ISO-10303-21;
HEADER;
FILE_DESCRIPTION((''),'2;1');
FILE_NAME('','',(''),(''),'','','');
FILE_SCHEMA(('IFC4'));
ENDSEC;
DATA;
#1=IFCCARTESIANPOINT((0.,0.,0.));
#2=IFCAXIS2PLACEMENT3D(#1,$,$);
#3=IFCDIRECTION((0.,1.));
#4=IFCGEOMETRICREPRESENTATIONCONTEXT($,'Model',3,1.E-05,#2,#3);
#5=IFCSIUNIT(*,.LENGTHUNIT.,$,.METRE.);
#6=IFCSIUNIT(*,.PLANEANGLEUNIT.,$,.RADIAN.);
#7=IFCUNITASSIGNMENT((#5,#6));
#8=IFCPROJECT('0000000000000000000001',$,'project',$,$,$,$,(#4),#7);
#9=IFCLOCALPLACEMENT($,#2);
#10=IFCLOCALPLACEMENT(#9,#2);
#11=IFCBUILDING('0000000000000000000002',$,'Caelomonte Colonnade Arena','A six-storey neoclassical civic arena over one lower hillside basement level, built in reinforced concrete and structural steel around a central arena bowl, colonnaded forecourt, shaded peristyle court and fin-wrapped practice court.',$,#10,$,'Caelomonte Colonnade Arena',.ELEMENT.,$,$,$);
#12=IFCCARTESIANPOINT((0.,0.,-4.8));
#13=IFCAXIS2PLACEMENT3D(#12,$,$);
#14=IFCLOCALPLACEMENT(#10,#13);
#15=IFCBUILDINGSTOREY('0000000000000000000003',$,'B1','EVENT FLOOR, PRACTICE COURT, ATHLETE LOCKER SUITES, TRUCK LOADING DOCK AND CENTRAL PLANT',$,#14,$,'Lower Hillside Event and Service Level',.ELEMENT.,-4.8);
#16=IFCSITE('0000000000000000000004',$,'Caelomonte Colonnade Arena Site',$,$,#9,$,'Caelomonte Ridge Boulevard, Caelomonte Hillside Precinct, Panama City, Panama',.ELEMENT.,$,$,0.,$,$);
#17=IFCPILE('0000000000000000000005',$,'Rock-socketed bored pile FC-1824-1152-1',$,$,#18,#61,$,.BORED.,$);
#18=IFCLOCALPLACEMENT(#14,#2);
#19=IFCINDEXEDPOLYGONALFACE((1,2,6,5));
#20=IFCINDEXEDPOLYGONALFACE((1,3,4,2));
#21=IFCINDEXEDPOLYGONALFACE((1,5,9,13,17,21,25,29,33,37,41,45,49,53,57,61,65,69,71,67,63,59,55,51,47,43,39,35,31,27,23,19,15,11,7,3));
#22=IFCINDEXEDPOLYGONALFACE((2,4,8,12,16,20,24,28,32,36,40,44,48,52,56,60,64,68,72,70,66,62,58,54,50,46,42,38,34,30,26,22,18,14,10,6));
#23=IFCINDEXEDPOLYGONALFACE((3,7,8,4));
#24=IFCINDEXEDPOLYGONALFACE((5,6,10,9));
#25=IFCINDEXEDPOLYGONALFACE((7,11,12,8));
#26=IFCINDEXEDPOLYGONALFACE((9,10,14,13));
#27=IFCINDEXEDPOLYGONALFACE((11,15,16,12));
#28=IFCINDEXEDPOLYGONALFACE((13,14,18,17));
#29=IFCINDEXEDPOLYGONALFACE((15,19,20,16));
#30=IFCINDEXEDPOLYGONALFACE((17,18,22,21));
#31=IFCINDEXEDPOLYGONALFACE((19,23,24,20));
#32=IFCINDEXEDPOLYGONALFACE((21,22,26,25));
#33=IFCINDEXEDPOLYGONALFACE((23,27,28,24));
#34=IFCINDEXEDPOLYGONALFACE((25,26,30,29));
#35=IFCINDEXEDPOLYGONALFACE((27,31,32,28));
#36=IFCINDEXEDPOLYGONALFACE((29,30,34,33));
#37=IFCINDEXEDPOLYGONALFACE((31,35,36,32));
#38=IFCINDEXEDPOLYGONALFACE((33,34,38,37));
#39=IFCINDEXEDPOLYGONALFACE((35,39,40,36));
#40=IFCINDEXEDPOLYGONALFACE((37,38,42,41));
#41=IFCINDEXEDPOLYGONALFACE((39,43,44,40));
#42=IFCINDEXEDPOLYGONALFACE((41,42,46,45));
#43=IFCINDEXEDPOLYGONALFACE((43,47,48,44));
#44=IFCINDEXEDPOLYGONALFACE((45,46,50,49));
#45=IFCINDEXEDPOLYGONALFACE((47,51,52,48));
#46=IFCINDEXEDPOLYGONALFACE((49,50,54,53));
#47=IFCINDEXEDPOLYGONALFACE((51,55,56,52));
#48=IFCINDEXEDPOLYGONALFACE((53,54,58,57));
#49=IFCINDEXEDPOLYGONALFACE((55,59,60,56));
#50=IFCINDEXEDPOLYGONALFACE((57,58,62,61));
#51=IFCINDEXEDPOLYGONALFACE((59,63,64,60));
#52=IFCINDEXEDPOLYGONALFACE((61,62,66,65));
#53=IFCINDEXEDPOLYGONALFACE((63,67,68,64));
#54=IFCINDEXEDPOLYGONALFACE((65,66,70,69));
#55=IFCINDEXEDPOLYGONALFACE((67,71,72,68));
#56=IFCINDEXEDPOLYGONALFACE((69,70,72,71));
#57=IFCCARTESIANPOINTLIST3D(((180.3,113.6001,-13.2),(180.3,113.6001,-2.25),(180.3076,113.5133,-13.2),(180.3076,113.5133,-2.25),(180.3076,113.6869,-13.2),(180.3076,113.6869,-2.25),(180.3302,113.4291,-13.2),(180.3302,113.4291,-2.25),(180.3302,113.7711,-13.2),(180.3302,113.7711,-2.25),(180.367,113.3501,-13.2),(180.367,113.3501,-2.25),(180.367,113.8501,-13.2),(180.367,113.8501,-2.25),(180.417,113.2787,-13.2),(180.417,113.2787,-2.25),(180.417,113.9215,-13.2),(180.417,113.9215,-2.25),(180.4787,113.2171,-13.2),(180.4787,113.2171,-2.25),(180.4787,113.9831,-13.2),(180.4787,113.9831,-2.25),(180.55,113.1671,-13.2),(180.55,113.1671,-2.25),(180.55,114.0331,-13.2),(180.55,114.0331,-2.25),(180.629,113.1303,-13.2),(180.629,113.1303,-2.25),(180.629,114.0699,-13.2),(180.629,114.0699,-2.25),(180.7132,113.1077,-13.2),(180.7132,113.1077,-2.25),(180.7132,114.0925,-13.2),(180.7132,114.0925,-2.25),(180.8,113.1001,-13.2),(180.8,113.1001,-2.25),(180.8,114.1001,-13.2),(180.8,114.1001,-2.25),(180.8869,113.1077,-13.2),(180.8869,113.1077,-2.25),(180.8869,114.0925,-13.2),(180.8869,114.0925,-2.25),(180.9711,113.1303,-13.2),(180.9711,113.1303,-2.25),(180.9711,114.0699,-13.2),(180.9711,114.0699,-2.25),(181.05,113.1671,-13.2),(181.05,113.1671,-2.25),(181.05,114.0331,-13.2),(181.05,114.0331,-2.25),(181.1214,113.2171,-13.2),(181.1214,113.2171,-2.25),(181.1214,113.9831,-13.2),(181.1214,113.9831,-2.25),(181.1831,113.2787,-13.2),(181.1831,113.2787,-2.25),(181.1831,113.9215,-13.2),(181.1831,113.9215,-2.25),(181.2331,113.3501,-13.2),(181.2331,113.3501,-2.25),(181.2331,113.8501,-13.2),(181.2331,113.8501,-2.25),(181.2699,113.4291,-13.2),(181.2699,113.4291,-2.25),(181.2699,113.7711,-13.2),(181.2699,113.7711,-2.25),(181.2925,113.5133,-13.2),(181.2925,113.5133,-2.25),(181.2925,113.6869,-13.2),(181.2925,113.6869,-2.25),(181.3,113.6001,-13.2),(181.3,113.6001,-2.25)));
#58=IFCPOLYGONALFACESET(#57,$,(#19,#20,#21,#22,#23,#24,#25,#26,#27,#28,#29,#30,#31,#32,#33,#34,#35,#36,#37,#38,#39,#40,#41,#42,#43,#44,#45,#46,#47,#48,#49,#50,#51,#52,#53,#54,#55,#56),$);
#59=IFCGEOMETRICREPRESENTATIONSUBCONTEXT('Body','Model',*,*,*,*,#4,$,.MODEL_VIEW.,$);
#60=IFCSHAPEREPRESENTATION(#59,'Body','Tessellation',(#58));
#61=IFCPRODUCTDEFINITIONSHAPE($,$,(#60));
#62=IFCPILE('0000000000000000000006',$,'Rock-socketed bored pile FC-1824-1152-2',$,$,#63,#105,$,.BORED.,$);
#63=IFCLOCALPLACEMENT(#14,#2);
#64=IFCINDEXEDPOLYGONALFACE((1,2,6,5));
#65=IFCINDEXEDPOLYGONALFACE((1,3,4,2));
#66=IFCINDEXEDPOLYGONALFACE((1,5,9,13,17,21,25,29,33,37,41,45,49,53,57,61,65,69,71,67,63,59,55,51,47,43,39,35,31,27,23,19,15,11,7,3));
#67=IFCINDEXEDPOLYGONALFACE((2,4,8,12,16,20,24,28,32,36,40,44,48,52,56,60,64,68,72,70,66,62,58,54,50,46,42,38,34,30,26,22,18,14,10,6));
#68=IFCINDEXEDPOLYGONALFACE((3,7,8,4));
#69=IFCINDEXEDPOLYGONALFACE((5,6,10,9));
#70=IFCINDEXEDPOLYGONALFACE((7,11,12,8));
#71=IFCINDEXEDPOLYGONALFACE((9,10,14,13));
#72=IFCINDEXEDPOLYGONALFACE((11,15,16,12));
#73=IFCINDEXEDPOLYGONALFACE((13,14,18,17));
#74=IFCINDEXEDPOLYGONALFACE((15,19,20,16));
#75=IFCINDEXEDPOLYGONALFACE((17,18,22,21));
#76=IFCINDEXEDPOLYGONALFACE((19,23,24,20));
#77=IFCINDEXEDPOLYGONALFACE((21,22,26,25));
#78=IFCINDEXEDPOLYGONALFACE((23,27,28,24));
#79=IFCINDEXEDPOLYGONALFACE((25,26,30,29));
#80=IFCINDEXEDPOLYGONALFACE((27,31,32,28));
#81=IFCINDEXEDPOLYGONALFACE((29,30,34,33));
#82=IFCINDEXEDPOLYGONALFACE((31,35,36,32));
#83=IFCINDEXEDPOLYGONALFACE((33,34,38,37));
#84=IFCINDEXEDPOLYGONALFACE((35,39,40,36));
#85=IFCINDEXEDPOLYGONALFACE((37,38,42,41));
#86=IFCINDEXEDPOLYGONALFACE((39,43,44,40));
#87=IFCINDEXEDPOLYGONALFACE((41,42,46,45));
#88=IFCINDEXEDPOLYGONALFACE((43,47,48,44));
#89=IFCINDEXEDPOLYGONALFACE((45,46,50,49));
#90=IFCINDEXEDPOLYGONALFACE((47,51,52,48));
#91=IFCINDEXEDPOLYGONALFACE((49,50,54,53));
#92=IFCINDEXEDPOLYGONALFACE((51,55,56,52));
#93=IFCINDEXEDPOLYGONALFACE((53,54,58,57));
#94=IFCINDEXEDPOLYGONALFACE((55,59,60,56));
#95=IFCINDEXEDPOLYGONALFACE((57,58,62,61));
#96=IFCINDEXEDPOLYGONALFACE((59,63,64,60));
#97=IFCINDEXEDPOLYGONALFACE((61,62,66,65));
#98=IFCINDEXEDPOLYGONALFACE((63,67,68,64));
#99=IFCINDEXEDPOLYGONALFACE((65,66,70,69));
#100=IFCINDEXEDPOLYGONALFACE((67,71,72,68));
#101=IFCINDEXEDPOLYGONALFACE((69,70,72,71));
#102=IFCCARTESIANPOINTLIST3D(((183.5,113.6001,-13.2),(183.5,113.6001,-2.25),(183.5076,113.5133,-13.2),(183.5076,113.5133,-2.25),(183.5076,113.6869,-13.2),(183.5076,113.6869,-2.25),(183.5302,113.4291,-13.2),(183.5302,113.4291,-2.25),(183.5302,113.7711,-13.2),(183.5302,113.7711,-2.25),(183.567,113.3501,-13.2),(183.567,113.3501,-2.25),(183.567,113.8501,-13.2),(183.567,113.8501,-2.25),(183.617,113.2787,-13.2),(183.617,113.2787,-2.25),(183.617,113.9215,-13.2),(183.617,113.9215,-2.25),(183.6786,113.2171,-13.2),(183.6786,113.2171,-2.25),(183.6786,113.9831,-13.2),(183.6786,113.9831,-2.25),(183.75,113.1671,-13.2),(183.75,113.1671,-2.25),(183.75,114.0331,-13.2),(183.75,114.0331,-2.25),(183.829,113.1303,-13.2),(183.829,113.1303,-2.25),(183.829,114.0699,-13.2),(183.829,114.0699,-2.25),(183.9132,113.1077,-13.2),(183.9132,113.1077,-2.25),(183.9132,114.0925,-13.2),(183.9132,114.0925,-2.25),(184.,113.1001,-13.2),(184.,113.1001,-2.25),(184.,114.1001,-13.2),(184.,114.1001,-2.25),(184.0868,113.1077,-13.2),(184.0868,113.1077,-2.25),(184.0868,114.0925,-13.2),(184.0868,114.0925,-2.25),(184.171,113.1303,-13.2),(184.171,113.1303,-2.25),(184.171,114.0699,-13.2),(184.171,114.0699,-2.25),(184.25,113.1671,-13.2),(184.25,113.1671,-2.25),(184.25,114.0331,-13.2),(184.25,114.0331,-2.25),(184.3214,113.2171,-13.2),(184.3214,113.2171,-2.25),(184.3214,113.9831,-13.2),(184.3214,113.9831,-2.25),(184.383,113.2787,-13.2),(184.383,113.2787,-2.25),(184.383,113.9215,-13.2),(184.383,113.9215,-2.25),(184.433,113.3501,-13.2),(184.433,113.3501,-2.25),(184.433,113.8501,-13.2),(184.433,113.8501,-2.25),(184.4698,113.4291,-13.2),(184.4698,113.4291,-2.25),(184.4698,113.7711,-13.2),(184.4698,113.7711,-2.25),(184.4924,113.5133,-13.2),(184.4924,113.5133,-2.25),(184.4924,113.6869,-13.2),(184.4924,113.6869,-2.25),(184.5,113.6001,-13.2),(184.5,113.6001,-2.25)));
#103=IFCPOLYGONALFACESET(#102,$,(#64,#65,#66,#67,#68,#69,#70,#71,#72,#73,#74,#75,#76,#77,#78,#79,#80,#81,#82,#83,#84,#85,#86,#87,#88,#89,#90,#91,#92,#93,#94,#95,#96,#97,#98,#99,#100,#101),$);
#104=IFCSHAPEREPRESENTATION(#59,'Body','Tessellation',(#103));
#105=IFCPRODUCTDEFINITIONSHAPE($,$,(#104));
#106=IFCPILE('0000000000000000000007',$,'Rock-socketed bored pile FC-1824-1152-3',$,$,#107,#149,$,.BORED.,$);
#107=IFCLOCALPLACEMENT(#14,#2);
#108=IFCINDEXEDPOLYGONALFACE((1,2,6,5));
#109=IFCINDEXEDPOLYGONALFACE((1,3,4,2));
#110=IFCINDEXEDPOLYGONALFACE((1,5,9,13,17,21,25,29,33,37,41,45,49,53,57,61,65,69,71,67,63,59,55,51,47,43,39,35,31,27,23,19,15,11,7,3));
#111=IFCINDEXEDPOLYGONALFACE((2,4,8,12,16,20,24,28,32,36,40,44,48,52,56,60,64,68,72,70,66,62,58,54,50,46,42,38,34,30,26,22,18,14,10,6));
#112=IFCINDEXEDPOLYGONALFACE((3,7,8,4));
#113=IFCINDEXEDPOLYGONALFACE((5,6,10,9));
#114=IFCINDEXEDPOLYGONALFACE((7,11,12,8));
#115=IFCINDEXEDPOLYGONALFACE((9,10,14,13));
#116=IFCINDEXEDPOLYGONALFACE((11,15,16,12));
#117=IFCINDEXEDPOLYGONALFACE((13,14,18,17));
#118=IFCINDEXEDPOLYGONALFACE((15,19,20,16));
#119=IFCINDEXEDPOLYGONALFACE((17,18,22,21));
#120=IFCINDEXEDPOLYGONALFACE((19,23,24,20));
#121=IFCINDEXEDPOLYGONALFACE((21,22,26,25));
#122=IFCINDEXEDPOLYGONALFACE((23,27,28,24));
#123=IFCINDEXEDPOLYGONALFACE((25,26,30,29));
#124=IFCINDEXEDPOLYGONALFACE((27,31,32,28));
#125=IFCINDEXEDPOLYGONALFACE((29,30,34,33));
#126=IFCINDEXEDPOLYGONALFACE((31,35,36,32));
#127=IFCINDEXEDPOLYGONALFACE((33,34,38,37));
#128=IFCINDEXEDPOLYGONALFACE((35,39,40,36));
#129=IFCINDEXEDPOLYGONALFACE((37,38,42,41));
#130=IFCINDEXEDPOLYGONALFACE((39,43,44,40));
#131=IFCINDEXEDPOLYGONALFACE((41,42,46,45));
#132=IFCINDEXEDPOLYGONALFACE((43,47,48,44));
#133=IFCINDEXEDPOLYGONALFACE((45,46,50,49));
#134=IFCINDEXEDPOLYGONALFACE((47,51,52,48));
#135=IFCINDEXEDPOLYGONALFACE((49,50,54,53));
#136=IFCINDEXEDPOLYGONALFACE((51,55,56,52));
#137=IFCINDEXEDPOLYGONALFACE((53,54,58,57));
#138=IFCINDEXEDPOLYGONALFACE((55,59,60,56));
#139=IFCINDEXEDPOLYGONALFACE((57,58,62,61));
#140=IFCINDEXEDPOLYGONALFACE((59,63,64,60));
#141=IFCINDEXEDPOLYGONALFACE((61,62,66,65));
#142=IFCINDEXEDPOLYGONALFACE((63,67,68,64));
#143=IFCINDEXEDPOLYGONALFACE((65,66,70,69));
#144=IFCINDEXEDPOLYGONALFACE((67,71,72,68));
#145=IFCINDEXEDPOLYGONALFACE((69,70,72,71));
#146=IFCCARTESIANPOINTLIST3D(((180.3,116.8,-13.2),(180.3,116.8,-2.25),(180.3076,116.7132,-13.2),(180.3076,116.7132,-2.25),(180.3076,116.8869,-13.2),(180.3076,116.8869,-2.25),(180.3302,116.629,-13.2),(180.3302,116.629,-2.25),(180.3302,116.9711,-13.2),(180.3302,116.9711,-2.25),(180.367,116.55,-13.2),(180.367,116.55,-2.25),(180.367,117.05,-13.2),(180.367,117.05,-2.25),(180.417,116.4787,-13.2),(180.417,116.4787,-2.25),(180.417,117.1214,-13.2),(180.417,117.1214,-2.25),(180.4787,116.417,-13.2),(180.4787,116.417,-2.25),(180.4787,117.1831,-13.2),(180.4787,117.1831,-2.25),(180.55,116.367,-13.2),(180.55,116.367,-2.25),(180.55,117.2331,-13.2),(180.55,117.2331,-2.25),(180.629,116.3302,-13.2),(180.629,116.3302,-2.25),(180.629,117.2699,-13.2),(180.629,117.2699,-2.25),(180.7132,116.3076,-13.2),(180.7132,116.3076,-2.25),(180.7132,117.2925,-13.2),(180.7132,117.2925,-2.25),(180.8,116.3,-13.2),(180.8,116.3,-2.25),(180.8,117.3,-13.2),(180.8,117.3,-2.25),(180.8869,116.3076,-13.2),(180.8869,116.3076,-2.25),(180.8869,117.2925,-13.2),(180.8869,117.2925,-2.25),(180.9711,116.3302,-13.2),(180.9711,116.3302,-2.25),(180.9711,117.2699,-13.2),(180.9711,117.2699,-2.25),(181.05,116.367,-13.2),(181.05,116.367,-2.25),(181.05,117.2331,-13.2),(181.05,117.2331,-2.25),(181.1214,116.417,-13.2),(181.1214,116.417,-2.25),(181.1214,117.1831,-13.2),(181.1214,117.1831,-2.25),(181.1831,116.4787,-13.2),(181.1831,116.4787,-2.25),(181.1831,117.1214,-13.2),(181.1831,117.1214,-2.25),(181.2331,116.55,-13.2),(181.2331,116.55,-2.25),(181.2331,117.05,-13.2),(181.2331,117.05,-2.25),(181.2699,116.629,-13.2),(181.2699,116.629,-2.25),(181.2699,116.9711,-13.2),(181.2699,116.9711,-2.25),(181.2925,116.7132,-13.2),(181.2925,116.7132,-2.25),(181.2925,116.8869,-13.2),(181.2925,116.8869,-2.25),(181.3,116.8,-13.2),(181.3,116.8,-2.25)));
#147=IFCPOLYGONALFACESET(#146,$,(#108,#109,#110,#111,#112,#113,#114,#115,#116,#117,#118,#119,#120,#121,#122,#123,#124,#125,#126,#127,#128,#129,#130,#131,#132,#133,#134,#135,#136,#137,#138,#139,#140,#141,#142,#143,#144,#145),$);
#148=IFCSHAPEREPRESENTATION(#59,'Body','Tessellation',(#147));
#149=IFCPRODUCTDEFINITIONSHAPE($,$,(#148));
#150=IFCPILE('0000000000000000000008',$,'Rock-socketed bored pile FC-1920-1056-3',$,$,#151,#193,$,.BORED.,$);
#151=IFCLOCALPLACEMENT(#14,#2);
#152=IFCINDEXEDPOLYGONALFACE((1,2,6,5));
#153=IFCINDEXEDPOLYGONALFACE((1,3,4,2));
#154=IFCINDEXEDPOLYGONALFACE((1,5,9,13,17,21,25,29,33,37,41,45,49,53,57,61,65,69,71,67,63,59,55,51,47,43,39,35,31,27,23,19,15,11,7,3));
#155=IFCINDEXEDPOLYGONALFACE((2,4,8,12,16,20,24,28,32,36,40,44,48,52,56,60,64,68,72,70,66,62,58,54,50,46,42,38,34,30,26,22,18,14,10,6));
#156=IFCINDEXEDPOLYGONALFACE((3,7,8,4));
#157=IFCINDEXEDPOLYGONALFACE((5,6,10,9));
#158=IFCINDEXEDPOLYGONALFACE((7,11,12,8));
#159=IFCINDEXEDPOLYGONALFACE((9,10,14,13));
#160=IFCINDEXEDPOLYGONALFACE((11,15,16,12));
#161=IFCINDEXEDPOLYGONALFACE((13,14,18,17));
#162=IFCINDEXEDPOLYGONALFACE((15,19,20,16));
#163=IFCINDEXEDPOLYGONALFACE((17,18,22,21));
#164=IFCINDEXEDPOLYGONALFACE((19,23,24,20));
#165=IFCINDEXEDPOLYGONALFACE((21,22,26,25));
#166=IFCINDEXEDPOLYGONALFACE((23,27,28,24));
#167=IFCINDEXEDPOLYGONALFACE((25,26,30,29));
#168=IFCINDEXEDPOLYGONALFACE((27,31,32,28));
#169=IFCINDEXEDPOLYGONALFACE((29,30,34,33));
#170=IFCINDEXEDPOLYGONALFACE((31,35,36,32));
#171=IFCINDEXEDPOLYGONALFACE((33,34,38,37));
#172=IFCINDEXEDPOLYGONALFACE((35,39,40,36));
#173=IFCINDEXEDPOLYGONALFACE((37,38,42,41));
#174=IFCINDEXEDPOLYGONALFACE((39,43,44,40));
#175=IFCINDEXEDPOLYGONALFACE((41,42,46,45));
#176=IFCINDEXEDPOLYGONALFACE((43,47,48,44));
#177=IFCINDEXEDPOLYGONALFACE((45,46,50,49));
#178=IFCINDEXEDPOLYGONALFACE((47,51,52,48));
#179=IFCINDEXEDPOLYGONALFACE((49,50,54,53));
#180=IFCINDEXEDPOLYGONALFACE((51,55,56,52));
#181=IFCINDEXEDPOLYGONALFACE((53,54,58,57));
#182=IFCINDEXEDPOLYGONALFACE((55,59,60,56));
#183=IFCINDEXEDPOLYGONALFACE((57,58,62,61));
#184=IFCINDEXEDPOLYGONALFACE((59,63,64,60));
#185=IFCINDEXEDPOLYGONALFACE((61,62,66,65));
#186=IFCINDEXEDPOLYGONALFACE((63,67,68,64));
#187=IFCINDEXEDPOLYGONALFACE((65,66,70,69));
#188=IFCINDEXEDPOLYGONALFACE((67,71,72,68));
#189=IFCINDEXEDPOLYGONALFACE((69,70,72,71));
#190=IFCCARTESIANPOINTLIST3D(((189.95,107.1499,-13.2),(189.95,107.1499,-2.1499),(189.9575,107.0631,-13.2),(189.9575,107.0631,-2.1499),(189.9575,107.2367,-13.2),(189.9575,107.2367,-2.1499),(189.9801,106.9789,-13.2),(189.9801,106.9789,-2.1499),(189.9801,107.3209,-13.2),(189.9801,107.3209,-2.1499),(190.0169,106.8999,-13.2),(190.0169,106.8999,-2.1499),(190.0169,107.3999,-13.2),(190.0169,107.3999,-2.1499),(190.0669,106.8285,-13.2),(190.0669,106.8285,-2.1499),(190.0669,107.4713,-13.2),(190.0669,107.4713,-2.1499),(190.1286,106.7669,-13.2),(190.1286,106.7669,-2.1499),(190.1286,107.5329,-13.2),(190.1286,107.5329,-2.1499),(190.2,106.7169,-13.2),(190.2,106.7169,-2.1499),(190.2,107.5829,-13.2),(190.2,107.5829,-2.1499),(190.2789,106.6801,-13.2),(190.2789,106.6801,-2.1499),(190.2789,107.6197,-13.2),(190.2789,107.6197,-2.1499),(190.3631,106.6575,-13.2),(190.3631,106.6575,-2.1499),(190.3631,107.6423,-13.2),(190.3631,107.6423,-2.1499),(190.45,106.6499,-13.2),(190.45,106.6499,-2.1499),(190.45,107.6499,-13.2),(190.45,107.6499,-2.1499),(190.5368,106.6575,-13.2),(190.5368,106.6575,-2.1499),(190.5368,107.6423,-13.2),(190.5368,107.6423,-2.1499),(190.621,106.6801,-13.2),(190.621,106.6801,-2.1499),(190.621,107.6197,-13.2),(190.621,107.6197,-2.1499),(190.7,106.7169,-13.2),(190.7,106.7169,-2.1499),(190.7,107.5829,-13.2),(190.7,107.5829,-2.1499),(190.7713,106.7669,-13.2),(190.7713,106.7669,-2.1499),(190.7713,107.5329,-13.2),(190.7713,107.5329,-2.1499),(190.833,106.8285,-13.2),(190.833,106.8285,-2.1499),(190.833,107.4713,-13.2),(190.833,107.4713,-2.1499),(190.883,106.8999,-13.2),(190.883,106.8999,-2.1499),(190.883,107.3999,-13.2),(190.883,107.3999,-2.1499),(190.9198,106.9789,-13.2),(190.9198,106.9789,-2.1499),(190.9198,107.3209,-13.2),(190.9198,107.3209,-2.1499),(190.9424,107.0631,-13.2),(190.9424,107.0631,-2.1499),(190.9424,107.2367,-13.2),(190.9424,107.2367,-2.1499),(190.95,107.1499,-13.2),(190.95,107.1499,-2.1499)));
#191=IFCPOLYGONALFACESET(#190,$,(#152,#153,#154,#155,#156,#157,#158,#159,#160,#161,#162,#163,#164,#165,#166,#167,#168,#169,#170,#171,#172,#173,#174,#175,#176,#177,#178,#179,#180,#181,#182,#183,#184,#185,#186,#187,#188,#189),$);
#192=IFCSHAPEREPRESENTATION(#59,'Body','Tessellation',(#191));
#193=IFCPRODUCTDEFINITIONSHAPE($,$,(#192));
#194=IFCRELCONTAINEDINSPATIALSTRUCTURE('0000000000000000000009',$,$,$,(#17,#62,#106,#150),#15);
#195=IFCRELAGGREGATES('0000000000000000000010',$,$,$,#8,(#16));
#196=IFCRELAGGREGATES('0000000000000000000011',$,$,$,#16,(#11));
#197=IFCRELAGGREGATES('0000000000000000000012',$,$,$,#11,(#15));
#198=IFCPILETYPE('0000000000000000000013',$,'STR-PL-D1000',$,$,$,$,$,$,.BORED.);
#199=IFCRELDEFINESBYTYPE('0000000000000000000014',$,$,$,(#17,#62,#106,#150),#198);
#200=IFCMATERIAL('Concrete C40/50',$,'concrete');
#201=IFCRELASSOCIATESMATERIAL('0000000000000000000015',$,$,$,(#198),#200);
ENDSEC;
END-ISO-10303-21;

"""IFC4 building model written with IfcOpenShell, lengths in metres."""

from ifc_helpers import new_model, si_unit, direction, frame, origin, origin_2d, place, context, subcontext, project, spatial, circle, extrude, material, material_profile, profile_set, type_object, element, save


model = new_model("IFC4")

# Units and contexts
model_context = context("Model", 3, precision=1e-05, world=origin(), true_north=direction((0.0, 1.0)))
body_context = subcontext(model_context, "Body", "Model", "MODEL_VIEW")
ifc_project = project(units=[si_unit("LENGTHUNIT", "METRE"), si_unit("PLANEANGLEUNIT", "RADIAN")], contexts=[model_context])

# Site, building, storey
site_placement = place(None, origin())
site = spatial("IfcSite", under=ifc_project, at=site_placement, Name="Caelomonte Colonnade Arena Site", LongName="Caelomonte Ridge Boulevard, Caelomonte Hillside Precinct, Panama City, Panama", CompositionType="ELEMENT", RefElevation=0.0)
building_placement = place(site_placement, origin())
building = spatial("IfcBuilding", under=site, at=building_placement, Name="Caelomonte Colonnade Arena", Description="A six-storey neoclassical civic arena over one lower hillside basement level, built in reinforced concrete and structural steel around a central arena bowl, colonnaded forecourt, shaded peristyle court and fin-wrapped practice court.", LongName="Caelomonte Colonnade Arena", CompositionType="ELEMENT")
storey_placement = place(building_placement, frame((0.0, 0.0, -4.8)))
storey = spatial("IfcBuildingStorey", under=building, at=storey_placement, Name="B1", Description="EVENT FLOOR, PRACTICE COURT, ATHLETE LOCKER SUITES, TRUCK LOADING DOCK AND CENTRAL PLANT", LongName="Lower Hillside Event and Service Level", CompositionType="ELEMENT", Elevation=-4.8)

# Shared definitions
ifc_material_1 = material(Name="Concrete C40/50", Category="concrete")

# Piles
ifc_material_profile_1 = material_profile(ifc_material_1, circle(Radius=0.5, at=origin_2d()), Name="PILE-D1000")
ifc_profile_set_1 = profile_set([ifc_material_profile_1], Name="Concrete C40/50")
pile_type = type_object("IfcPileType", Name="STR-PL-D1000", PredefinedType="BORED", material=ifc_profile_set_1)
for number, where, z_axis, x_axis, name in (
    (1, (180.8, 113.6001, -2.25), (0.0, 0.0, -1.0), (1.0, 0.0, 0.0), "Rock-socketed bored pile FC-1824-1152-1"),
    (2, (184.0, 113.6001, -2.25), (0.0, 0.0, -1.0), (1.0, 0.0, 0.0), "Rock-socketed bored pile FC-1824-1152-2"),
    (3, (180.8, 116.8, -2.25), (0.0, 0.0, -1.0), (1.0, 0.0, 0.0), "Rock-socketed bored pile FC-1824-1152-3"),
):
    element("IfcPile", number, at=place(storey_placement, frame(where, z_axis=z_axis, x_axis=x_axis)), inside=storey, type_object=pile_type, Name=name, PredefinedType="BORED", context=body_context, shape_type="SweptSolid", body=[
        extrude(circle(Radius=0.5, at=origin_2d()), origin(), (0.0, 0.0, 1.0), 10.95),
    ])
for number, where, z_axis, x_axis, name in (
    (4, (190.45, 107.1499, -2.1499), (0.0, 0.0, -1.0), (1.0, 0.0, 0.0), "Rock-socketed bored pile FC-1920-1056-3"),
):
    element("IfcPile", number, at=place(storey_placement, frame(where, z_axis=z_axis, x_axis=x_axis)), inside=storey, type_object=pile_type, Name=name, PredefinedType="BORED", context=body_context, shape_type="SweptSolid", body=[
        extrude(circle(Radius=0.5, at=origin_2d()), origin(), (0.0, 0.0, 1.0), 11.05),
    ])

save(model, "model.ifc")
